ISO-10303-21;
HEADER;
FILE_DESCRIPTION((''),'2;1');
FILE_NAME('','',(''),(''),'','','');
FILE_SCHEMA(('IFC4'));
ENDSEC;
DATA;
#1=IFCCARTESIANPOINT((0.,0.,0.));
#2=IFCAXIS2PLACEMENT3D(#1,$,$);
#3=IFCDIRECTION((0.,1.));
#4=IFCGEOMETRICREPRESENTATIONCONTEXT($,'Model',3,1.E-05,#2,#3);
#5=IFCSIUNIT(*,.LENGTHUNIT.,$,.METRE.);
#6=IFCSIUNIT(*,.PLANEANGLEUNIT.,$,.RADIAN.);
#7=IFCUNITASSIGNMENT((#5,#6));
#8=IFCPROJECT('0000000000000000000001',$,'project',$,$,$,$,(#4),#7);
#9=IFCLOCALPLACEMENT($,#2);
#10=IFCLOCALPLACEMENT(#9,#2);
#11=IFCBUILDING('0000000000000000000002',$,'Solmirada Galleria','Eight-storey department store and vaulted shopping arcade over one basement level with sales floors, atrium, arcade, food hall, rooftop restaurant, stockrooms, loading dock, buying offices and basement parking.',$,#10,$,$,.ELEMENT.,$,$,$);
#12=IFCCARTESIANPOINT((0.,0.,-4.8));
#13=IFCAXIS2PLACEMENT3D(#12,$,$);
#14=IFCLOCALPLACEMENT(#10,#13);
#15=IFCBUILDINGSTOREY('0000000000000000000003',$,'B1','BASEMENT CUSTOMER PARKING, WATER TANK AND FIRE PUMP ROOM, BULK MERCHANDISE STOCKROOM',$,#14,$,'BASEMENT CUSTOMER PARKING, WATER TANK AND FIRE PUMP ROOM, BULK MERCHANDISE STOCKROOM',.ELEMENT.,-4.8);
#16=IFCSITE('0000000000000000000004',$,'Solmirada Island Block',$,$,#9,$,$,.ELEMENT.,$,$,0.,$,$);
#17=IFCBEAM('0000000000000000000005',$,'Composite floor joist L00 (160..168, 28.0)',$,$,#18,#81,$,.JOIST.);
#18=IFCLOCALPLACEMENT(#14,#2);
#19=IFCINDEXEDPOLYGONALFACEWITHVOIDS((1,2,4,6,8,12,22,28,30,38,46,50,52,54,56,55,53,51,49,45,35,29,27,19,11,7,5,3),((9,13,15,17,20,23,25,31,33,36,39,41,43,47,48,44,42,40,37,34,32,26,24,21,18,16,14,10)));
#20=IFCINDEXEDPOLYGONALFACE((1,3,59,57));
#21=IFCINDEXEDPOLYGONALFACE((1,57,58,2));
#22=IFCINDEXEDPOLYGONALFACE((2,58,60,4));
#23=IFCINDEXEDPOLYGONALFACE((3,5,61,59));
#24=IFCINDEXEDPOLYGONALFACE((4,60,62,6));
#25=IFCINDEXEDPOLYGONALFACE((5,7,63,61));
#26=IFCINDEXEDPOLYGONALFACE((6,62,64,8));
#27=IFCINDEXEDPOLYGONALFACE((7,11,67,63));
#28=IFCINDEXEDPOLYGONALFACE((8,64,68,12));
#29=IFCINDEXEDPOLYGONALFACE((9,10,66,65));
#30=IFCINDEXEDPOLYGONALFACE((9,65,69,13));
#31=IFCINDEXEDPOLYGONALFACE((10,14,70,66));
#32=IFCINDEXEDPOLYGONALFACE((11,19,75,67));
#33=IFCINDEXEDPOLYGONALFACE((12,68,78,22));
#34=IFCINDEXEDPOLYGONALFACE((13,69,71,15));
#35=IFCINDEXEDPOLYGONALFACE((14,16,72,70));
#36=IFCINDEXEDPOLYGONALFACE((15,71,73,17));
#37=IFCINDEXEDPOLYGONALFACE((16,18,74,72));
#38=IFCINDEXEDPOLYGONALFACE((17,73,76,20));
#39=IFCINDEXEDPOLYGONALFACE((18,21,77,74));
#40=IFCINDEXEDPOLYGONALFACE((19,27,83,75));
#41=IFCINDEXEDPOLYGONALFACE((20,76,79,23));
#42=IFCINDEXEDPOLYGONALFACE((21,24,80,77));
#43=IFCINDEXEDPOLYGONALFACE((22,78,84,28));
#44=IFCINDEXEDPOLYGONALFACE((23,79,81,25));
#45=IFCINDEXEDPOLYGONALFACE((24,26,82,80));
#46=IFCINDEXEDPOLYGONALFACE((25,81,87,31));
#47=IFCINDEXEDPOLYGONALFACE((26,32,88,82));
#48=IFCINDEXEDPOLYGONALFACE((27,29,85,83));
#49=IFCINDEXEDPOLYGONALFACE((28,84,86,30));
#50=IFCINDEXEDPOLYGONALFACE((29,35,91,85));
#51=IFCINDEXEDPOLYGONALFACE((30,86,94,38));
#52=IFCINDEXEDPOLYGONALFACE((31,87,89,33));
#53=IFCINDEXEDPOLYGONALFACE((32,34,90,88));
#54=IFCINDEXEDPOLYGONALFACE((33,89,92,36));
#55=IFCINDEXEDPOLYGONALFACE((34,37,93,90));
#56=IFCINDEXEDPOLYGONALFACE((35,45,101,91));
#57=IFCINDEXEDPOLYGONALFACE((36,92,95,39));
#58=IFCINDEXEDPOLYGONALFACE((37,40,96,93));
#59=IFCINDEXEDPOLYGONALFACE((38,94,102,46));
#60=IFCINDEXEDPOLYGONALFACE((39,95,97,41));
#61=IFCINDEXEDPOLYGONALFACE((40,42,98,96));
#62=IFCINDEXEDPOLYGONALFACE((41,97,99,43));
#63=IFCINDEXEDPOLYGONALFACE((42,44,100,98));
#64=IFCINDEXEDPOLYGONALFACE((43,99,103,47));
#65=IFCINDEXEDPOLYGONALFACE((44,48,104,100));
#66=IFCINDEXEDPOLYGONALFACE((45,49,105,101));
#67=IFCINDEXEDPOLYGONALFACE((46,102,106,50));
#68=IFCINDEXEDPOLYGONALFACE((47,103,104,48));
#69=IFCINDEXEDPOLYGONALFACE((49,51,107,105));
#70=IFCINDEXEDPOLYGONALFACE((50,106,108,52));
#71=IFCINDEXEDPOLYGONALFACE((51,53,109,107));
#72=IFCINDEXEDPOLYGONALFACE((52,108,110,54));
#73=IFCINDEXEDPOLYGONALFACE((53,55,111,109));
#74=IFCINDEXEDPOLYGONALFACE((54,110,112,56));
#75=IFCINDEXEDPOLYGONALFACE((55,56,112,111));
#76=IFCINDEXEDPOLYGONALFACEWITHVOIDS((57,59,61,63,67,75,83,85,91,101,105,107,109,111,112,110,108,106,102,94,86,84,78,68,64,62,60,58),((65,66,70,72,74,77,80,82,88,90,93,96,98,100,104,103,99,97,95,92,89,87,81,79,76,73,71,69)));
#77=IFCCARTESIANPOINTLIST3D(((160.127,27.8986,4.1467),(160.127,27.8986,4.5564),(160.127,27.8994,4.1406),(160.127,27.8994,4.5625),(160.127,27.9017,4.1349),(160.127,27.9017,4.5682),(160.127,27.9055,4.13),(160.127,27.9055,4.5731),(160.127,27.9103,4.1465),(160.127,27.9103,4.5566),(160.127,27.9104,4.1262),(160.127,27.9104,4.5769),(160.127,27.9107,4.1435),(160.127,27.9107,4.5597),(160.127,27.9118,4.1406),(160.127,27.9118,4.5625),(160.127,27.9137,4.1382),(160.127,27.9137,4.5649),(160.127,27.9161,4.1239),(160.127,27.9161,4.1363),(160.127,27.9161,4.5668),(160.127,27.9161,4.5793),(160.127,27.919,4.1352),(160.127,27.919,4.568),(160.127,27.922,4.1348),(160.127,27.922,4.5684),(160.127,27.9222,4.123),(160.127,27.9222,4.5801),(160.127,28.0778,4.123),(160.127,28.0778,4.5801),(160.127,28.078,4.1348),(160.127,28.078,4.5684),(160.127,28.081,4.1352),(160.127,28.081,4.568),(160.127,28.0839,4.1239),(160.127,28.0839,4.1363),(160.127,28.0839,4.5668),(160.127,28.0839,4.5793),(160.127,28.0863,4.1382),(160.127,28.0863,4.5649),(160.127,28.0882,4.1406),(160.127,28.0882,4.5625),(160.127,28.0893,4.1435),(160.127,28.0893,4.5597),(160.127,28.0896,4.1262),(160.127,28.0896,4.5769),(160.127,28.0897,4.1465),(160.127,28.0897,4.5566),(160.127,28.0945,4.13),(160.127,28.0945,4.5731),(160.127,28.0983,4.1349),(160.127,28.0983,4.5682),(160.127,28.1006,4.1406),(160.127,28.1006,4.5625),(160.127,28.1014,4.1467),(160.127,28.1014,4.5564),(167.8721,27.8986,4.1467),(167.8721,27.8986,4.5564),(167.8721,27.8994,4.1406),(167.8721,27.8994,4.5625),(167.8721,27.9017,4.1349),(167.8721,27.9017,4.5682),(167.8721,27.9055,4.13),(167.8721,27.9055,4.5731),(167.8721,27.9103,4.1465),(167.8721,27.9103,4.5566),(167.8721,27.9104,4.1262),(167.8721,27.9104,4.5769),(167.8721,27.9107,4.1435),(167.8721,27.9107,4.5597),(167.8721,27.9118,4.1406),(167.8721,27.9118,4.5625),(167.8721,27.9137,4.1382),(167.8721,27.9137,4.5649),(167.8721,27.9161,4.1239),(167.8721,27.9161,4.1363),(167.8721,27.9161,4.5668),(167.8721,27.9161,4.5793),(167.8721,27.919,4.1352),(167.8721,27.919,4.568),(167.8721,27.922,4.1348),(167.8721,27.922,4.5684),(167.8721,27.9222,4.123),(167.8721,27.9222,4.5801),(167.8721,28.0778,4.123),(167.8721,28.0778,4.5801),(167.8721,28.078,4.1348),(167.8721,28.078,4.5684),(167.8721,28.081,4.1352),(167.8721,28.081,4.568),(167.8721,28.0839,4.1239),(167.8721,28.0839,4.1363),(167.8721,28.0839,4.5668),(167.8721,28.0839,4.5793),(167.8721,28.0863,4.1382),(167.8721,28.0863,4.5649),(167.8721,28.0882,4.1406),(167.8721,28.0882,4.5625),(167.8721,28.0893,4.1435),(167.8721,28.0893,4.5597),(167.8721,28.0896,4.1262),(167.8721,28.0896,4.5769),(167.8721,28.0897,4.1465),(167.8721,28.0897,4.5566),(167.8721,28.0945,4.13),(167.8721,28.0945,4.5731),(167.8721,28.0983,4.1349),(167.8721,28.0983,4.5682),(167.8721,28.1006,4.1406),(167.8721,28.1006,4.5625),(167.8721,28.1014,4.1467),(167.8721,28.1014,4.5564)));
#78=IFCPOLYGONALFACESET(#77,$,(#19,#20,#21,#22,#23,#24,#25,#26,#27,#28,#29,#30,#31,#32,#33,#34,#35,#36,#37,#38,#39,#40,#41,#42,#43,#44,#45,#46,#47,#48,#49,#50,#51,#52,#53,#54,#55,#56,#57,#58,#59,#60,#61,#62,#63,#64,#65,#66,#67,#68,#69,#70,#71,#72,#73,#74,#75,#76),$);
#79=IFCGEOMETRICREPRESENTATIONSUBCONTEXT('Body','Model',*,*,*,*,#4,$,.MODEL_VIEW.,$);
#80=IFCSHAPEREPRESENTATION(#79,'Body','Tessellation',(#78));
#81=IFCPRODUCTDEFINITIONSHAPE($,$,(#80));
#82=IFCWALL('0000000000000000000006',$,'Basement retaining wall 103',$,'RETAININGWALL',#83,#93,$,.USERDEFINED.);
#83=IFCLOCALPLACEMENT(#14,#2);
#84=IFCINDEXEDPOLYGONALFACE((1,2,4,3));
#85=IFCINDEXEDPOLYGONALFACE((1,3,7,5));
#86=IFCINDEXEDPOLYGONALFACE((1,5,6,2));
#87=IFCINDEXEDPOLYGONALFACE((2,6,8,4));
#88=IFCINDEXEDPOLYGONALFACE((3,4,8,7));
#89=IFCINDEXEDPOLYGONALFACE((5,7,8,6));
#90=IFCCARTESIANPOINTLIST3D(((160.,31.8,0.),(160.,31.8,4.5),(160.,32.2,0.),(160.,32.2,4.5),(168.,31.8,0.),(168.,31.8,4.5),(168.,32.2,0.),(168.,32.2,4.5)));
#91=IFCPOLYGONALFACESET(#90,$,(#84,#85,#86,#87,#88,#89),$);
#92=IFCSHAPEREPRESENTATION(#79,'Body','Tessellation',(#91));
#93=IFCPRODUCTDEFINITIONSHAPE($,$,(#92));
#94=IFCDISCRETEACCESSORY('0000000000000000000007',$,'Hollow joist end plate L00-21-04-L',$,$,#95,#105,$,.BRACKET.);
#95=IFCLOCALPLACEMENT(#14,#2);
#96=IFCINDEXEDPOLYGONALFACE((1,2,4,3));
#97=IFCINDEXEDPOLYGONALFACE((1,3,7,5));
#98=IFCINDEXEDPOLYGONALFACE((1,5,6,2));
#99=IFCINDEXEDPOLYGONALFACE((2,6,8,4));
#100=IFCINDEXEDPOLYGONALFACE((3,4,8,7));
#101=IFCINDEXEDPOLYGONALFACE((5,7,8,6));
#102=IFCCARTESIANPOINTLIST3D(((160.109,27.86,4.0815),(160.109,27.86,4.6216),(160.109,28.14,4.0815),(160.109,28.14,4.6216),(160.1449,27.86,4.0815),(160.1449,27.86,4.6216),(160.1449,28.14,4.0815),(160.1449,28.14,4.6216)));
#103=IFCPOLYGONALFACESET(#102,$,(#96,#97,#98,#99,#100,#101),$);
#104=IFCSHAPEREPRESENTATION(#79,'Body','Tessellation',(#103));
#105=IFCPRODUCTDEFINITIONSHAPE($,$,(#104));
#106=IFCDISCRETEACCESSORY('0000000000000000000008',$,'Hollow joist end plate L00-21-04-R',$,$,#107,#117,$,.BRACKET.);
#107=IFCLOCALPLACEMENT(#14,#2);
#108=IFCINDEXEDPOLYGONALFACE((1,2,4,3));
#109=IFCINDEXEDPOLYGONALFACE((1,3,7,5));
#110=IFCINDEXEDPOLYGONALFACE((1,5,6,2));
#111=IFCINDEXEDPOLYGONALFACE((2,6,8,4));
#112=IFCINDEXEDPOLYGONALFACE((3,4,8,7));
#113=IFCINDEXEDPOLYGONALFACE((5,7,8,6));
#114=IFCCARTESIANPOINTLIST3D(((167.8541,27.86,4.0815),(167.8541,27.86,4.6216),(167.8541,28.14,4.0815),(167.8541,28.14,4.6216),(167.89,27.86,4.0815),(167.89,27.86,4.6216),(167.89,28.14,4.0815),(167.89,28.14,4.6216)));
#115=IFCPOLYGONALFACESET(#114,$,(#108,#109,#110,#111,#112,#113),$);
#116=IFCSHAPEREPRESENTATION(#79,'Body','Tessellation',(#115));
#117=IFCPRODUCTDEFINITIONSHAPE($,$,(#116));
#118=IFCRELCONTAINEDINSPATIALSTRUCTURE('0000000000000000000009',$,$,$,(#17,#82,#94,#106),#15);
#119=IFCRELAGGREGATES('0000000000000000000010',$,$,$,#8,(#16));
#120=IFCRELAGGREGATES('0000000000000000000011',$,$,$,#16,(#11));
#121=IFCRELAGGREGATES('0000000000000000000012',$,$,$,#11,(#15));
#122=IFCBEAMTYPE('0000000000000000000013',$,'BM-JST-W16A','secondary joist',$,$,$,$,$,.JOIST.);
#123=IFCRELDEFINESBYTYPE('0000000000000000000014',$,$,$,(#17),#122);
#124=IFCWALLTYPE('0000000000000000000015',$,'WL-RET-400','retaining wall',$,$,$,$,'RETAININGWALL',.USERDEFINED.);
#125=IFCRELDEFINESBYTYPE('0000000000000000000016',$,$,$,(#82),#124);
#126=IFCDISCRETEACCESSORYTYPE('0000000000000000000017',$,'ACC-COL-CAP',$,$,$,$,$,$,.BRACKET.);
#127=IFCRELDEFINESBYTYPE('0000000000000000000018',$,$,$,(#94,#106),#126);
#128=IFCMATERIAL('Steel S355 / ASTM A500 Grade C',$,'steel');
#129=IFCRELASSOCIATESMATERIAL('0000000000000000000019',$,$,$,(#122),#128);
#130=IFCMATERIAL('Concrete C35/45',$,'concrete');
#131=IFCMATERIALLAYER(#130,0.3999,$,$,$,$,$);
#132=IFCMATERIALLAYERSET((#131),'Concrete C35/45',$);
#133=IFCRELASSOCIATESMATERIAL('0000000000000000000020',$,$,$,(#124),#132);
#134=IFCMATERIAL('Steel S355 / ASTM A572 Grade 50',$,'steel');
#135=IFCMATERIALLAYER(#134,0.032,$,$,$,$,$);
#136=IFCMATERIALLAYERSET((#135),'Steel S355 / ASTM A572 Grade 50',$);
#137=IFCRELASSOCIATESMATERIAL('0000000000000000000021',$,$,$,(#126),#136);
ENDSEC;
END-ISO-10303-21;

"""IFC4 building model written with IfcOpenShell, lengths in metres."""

from ifc_helpers import new_model, si_unit, direction, frame, frame_2d, origin, origin_2d, place, context, subcontext, project, spatial, rectangle, hollow_rectangle, extrude, material, layer, layer_set, material_profile, profile_set, type_object, element, save


model = new_model("IFC4")

# Units and contexts
model_context = context("Model", 3, precision=1e-05, world=origin(), true_north=direction((0.0, 1.0)))
body_context = subcontext(model_context, "Body", "Model", "MODEL_VIEW")
ifc_project = project(units=[si_unit("LENGTHUNIT", "METRE"), si_unit("PLANEANGLEUNIT", "RADIAN")], contexts=[model_context])

# Site, building, storey
site_placement = place(None, origin())
site = spatial("IfcSite", under=ifc_project, at=site_placement, Name="Solmirada Island Block", CompositionType="ELEMENT", RefElevation=0.0)
building_placement = place(site_placement, origin())
building = spatial("IfcBuilding", under=site, at=building_placement, Name="Solmirada Galleria", Description="Eight-storey department store and vaulted shopping arcade over one basement level with sales floors, atrium, arcade, food hall, rooftop restaurant, stockrooms, loading dock, buying offices and basement parking.", CompositionType="ELEMENT")
storey_placement = place(building_placement, frame((0.0, 0.0, -4.8)))
storey = spatial("IfcBuildingStorey", under=building, at=storey_placement, Name="B1", Description="BASEMENT CUSTOMER PARKING, WATER TANK AND FIRE PUMP ROOM, BULK MERCHANDISE STOCKROOM", LongName="BASEMENT CUSTOMER PARKING, WATER TANK AND FIRE PUMP ROOM, BULK MERCHANDISE STOCKROOM", CompositionType="ELEMENT", Elevation=-4.8)

# Shared definitions
ifc_material_1 = material(Name="Concrete C35/45", Category="concrete")

# Shared definitions
ifc_material_2 = material(Name="Steel S355 / ASTM A500 Grade C", Category="steel")

# Beam
ifc_material_profile_1 = material_profile(ifc_material_2, hollow_rectangle(XDim=0.2029, YDim=0.457, WallThickness=0.0117, InnerFilletRadius=0.0117, OuterFilletRadius=0.0237, at=origin_2d()), Name="HSS18X8X1/2")
ifc_profile_set_1 = profile_set([ifc_material_profile_1], Name="Steel S355 / ASTM A500 Grade C")
beam_type_1 = type_object("IfcBeamType", Name="BM-JST-W16A", Description="secondary joist", PredefinedType="JOIST", material=ifc_profile_set_1)
beam_1_placement = place(storey_placement, frame((160.127, 28.0, 4.3516), z_axis=(1.0, 0.0, 0.0), x_axis=(0.0, 1.0, 0.0)))
element("IfcBeam", 1, at=beam_1_placement, inside=storey, type_object=beam_type_1, Name="Composite floor joist L00 (160..168, 28.0)", PredefinedType="JOIST", context=body_context, shape_type="SweptSolid", body=[
    extrude(hollow_rectangle(XDim=0.2029, YDim=0.457, WallThickness=0.0117, InnerFilletRadius=0.0117, OuterFilletRadius=0.0237, at=origin_2d()), origin(), (0.0, 0.0, 1.0), 7.7451),
])

# Wall
ifc_layer_1 = layer(ifc_material_1, 0.3999)
ifc_layer_set_1 = layer_set([ifc_layer_1], Name="Concrete C35/45")
wall_type = type_object("IfcWallType", Name="WL-RET-400", Description="retaining wall", ElementType="RETAININGWALL", PredefinedType="USERDEFINED", material=ifc_layer_set_1)
wall_placement = place(storey_placement, frame((160.0, 32.0, 0.0), z_axis=(0.0, 0.0, 1.0), x_axis=(1.0, 0.0, 0.0)))
element("IfcWall", 2, at=wall_placement, inside=storey, type_object=wall_type, Name="Basement retaining wall 103", ObjectType="RETAININGWALL", PredefinedType="USERDEFINED", context=body_context, shape_type="SweptSolid", body=[
    extrude(rectangle(XDim=8.0, YDim=0.3999, at=frame_2d((4.0, 0.0))), origin(), (0.0, 0.0, 1.0), 4.5),
])

# Discrete accessories
ifc_material_3 = material(Name="Steel S355 / ASTM A572 Grade 50", Category="steel")
ifc_layer_2 = layer(ifc_material_3, 0.032)
ifc_layer_set_2 = layer_set([ifc_layer_2], Name="Steel S355 / ASTM A572 Grade 50")
discrete_accessory_type = type_object("IfcDiscreteAccessoryType", Name="ACC-COL-CAP", PredefinedType="BRACKET", material=ifc_layer_set_2)
for number, where, z_axis, x_axis, name in (
    (3, (160.127, 28.0, 4.0815), (0.0, 0.0, 1.0), (1.0, 0.0, 0.0), "Hollow joist end plate L00-21-04-L"),
    (4, (167.8721, 28.0, 4.0815), (0.0, 0.0, 1.0), (1.0, 0.0, 0.0), "Hollow joist end plate L00-21-04-R"),
):
    element("IfcDiscreteAccessory", number, at=place(storey_placement, frame(where, z_axis=z_axis, x_axis=x_axis)), inside=storey, type_object=discrete_accessory_type, Name=name, PredefinedType="BRACKET", context=body_context, shape_type="SweptSolid", body=[
        extrude(rectangle(XDim=0.0359, YDim=0.28, at=origin_2d()), origin(), (0.0, 0.0, 1.0), 0.54),
    ])

save(model, "model.ifc")
